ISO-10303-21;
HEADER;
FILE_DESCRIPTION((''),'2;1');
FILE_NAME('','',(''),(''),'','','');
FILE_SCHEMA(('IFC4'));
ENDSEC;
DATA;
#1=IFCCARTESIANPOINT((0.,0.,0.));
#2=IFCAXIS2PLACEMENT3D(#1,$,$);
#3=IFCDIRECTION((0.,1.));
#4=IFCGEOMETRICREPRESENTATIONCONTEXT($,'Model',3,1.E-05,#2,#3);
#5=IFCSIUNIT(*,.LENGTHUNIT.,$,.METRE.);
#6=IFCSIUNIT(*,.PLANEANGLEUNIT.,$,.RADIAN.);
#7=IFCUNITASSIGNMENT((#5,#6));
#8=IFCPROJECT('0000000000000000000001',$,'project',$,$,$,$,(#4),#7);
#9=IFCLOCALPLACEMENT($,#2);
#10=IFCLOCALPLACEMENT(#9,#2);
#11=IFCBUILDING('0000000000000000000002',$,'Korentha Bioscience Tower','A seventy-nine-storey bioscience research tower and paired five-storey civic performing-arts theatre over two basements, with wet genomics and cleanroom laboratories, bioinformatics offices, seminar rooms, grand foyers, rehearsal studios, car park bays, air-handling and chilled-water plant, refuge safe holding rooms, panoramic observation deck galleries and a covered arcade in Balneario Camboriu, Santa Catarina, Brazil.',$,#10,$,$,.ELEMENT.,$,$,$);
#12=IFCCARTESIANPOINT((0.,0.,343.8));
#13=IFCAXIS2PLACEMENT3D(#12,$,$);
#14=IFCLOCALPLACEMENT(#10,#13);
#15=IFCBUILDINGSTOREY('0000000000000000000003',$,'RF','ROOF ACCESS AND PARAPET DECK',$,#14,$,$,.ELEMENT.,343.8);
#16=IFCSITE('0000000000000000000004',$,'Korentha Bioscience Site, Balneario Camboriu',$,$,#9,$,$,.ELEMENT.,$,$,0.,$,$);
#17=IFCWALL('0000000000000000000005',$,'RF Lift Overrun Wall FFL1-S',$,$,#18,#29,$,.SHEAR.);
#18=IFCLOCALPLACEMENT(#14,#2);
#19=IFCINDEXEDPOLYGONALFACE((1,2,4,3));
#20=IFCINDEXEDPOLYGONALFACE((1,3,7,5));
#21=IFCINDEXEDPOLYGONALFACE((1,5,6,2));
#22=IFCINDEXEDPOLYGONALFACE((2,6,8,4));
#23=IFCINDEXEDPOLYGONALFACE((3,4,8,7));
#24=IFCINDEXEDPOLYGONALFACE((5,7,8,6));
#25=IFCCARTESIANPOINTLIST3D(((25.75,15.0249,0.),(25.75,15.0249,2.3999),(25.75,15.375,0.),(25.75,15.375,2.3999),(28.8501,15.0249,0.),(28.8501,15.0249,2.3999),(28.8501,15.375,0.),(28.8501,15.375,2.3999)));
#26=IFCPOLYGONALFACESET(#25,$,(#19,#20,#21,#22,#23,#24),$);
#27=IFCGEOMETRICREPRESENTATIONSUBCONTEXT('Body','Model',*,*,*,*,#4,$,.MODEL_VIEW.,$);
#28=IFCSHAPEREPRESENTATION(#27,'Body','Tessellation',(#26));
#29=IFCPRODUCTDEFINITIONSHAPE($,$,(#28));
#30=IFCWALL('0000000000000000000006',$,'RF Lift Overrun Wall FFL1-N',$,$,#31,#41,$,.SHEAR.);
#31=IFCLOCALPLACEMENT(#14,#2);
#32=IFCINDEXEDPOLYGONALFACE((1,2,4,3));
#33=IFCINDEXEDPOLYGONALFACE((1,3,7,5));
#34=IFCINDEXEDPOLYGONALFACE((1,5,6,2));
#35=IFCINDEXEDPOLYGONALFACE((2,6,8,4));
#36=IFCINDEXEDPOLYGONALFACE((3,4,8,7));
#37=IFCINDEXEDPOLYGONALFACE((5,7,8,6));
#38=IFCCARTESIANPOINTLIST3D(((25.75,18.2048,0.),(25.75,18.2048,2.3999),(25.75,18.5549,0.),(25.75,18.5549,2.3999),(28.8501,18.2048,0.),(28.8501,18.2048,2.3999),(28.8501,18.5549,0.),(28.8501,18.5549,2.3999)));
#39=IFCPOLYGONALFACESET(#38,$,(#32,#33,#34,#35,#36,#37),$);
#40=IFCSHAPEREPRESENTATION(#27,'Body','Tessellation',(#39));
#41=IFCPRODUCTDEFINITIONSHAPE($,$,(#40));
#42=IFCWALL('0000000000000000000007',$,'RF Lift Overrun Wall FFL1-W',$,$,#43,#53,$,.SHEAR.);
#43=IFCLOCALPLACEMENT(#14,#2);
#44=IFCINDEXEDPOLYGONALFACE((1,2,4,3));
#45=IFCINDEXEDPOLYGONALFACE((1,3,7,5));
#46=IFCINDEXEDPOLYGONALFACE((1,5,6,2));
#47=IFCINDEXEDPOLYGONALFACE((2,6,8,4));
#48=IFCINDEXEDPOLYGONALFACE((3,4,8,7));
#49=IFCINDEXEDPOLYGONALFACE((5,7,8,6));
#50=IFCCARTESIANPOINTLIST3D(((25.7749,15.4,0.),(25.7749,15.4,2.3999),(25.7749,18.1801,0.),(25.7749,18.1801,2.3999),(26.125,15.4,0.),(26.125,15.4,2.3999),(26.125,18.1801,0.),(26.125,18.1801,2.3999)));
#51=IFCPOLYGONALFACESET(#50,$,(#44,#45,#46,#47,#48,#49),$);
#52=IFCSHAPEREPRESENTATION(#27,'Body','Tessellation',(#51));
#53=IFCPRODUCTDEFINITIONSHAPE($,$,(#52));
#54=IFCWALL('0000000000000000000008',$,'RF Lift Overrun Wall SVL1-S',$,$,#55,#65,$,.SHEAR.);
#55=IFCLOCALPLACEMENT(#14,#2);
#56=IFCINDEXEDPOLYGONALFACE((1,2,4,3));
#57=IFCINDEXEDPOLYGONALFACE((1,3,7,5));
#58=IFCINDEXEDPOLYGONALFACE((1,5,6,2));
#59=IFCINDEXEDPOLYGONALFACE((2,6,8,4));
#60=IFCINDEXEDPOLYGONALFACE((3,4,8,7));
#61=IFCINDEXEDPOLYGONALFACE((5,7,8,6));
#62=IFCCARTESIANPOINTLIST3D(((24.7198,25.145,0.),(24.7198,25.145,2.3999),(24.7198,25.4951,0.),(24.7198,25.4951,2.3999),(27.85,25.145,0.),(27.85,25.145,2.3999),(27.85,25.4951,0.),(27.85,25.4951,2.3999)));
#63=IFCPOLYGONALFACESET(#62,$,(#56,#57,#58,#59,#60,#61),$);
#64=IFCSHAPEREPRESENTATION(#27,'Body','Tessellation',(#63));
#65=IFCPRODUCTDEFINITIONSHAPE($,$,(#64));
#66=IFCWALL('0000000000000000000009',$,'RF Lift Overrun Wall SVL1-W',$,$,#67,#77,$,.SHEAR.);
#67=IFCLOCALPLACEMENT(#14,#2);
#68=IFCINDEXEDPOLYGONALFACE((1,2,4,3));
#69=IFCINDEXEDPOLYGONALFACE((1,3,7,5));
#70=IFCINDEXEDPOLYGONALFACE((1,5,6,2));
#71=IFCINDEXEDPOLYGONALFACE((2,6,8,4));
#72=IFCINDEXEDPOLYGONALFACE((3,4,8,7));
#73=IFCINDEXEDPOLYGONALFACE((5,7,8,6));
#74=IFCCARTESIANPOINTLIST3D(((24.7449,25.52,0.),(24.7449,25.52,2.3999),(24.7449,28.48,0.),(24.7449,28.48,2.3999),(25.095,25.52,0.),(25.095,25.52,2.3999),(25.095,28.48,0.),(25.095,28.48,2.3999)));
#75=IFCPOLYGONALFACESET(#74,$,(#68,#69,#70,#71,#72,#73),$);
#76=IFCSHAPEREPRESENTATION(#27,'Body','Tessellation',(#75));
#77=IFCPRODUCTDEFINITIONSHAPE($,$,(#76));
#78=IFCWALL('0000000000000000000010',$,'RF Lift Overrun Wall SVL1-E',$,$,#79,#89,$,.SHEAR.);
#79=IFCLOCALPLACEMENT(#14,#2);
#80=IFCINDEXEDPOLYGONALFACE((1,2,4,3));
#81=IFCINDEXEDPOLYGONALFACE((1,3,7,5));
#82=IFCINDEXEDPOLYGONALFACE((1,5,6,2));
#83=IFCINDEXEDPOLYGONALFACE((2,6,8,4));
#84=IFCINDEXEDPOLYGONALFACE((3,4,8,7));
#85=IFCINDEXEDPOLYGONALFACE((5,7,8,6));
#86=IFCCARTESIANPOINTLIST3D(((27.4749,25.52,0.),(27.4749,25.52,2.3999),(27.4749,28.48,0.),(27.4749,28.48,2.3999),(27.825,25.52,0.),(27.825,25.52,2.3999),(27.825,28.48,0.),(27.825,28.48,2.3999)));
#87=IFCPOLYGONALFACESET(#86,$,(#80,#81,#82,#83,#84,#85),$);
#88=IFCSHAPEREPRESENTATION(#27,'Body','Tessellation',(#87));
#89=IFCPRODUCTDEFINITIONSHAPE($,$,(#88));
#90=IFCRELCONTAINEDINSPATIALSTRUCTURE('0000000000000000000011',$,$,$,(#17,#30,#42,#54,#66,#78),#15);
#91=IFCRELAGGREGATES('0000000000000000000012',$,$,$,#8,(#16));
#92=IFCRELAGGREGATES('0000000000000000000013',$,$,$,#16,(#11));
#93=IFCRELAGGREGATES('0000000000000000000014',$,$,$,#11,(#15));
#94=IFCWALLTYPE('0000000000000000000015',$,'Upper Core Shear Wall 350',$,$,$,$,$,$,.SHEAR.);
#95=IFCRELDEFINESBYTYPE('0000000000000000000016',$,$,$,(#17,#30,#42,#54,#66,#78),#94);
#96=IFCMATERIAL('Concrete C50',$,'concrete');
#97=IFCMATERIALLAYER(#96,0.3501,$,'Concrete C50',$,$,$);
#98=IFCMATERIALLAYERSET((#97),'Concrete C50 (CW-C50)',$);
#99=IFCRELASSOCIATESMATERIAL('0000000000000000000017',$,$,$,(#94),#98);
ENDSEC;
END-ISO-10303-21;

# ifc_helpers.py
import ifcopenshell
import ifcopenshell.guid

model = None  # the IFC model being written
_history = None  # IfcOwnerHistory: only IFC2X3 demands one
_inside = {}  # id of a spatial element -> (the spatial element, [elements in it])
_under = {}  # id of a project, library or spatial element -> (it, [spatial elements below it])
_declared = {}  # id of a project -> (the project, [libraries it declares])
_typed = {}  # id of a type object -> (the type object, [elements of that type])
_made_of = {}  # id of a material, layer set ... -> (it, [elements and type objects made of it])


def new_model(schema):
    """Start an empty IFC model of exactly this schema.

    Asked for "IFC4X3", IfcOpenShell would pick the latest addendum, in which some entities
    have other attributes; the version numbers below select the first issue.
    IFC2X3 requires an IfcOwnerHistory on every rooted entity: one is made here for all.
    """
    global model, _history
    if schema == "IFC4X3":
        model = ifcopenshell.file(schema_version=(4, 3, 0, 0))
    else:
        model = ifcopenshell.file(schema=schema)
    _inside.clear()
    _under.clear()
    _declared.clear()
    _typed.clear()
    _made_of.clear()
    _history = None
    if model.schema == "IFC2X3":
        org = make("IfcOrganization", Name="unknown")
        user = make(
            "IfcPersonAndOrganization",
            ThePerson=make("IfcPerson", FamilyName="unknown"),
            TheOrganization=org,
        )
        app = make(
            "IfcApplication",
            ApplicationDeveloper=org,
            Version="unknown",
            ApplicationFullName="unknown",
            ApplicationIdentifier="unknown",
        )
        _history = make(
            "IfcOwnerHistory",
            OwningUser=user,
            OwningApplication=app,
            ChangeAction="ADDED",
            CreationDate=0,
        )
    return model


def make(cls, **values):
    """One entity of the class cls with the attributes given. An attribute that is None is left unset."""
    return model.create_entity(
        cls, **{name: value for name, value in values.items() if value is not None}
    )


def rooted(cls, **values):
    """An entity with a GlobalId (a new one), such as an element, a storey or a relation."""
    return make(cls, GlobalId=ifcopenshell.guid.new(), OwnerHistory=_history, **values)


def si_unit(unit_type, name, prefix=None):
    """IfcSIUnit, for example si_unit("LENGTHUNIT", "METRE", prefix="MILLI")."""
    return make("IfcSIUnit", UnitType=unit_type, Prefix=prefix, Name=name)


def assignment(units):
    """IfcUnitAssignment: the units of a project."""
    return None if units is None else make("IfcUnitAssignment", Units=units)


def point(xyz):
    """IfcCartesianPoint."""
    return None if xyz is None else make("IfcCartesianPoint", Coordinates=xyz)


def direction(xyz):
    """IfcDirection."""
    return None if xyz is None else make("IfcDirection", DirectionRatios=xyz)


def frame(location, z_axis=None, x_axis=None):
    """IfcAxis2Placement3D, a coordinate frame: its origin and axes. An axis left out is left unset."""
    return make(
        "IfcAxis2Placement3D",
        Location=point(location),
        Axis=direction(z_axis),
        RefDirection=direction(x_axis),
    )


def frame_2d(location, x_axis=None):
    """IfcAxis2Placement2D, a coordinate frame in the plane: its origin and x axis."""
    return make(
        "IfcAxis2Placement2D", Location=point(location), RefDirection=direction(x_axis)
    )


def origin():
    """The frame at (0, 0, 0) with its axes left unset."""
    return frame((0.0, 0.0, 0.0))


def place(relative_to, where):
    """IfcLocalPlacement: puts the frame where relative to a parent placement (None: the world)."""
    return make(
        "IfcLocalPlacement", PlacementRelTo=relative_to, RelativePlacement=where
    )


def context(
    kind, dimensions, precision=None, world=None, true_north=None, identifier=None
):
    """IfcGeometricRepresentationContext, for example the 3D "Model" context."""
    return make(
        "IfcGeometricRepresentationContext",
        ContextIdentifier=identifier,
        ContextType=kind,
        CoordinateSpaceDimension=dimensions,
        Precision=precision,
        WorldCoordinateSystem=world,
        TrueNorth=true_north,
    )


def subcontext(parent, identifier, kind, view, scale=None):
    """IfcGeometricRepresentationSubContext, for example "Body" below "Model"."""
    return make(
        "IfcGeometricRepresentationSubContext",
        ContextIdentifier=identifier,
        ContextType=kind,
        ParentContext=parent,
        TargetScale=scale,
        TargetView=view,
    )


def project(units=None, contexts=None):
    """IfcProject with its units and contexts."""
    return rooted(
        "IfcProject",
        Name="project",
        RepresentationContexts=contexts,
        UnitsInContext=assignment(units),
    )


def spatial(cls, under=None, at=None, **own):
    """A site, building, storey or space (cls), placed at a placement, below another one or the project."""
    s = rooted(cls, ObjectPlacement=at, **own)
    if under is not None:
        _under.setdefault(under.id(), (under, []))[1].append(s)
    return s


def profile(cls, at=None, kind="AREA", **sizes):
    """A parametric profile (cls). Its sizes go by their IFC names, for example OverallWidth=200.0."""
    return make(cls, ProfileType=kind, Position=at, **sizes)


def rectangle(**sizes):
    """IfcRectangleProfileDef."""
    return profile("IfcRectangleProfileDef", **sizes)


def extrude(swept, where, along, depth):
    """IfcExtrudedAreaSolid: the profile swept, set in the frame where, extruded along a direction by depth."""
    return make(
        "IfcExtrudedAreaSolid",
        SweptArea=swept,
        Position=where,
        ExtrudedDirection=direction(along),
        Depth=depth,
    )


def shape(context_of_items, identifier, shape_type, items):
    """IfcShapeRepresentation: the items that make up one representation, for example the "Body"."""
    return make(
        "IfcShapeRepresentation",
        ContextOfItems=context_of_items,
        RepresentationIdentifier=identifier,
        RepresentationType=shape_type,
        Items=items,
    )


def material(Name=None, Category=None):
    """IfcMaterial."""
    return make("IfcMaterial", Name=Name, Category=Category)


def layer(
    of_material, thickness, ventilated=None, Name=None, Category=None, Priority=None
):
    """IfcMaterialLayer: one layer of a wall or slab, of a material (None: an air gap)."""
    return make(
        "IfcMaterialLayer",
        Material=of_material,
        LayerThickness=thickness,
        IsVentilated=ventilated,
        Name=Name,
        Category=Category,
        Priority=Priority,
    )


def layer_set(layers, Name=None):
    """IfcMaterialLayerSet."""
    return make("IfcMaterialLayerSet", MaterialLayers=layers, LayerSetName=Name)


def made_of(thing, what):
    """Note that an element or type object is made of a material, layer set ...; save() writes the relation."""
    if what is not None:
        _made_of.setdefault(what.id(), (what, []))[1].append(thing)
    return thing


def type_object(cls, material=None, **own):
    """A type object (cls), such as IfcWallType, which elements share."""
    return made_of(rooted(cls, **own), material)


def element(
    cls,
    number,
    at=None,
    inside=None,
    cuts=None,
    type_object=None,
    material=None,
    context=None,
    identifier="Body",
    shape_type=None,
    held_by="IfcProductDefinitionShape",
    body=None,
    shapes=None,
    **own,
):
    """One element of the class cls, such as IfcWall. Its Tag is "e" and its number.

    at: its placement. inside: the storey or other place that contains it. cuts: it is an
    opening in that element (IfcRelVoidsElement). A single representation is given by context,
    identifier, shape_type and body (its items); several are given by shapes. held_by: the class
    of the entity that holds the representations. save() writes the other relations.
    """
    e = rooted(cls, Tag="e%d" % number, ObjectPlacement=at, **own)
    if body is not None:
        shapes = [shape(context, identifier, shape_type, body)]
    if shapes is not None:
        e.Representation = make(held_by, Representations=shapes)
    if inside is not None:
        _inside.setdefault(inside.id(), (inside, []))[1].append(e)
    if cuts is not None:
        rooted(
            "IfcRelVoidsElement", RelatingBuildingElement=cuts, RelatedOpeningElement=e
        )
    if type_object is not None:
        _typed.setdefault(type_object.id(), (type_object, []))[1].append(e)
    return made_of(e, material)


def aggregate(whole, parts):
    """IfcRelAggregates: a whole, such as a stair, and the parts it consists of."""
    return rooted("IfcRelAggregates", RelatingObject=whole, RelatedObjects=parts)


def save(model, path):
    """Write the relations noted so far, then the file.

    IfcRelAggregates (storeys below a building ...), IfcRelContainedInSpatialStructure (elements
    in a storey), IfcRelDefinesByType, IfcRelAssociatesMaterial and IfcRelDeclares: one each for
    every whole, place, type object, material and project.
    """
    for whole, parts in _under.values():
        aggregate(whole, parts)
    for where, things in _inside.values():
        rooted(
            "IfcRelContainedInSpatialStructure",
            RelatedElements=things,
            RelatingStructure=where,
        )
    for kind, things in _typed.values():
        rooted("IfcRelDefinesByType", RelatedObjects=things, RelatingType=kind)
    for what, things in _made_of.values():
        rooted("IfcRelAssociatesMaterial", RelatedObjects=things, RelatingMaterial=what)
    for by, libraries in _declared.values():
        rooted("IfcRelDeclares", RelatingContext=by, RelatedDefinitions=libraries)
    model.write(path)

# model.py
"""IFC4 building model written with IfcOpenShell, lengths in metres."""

from ifc_helpers import new_model, si_unit, direction, frame, frame_2d, origin, place, context, subcontext, project, spatial, rectangle, extrude, material, layer, layer_set, type_object, element, save


model = new_model("IFC4")

# Units and contexts
model_context = context("Model", 3, precision=1e-05, world=origin(), true_north=direction((0.0, 1.0)))
body_context = subcontext(model_context, "Body", "Model", "MODEL_VIEW")
ifc_project = project(units=[si_unit("LENGTHUNIT", "METRE"), si_unit("PLANEANGLEUNIT", "RADIAN")], contexts=[model_context])

# Site, building, storey
site_placement = place(None, origin())
site = spatial("IfcSite", under=ifc_project, at=site_placement, Name="Korentha Bioscience Site, Balneario Camboriu", CompositionType="ELEMENT", RefElevation=0.0)
building_placement = place(site_placement, origin())
building = spatial("IfcBuilding", under=site, at=building_placement, Name="Korentha Bioscience Tower", Description="A seventy-nine-storey bioscience research tower and paired five-storey civic performing-arts theatre over two basements, with wet genomics and cleanroom laboratories, bioinformatics offices, seminar rooms, grand foyers, rehearsal studios, car park bays, air-handling and chilled-water plant, refuge safe holding rooms, panoramic observation deck galleries and a covered arcade in Balneario Camboriu, Santa Catarina, Brazil.", CompositionType="ELEMENT")
storey_placement = place(building_placement, frame((0.0, 0.0, 343.8)))
storey = spatial("IfcBuildingStorey", under=building, at=storey_placement, Name="RF", Description="ROOF ACCESS AND PARAPET DECK", CompositionType="ELEMENT", Elevation=343.8)

# Walls
ifc_material_1 = material(Name="Concrete C50", Category="concrete")
ifc_layer_1 = layer(ifc_material_1, 0.3501, Name="Concrete C50")
ifc_layer_set_1 = layer_set([ifc_layer_1], Name="Concrete C50 (CW-C50)")
wall_type_1 = type_object("IfcWallType", Name="Upper Core Shear Wall 350", PredefinedType="SHEAR", material=ifc_layer_set_1)
for number, where, z_axis, x_axis, name in (
    (1, (25.75, 15.2, 0.0), (0.0, 0.0, 1.0), (1.0, 0.0, 0.0), "RF Lift Overrun Wall FFL1-S"),
    (2, (25.75, 18.3799, 0.0), (0.0, 0.0, 1.0), (1.0, 0.0, 0.0), "RF Lift Overrun Wall FFL1-N"),
):
    element("IfcWall", number, at=place(storey_placement, frame(where, z_axis=z_axis, x_axis=x_axis)), inside=storey, type_object=wall_type_1, Name=name, PredefinedType="SHEAR", context=body_context, shape_type="SweptSolid", body=[
        extrude(rectangle(XDim=3.1001, YDim=0.3501, at=frame_2d((1.55, 0.0))), origin(), (0.0, 0.0, 1.0), 2.3999),
    ])
wall_1_placement = place(storey_placement, frame((25.95, 15.3999, 0.0), z_axis=(0.0, 0.0, 1.0), x_axis=(0.0, 1.0, 0.0)))
element("IfcWall", 3, at=wall_1_placement, inside=storey, type_object=wall_type_1, Name="RF Lift Overrun Wall FFL1-W", PredefinedType="SHEAR", context=body_context, shape_type="SweptSolid", body=[
    extrude(rectangle(XDim=2.78, YDim=0.3501, at=frame_2d((1.3901, 0.0))), origin(), (0.0, 0.0, 1.0), 2.3999),
])
wall_2_placement = place(storey_placement, frame((24.72, 25.3201, 0.0), z_axis=(0.0, 0.0, 1.0), x_axis=(1.0, 0.0, 0.0)))
element("IfcWall", 4, at=wall_2_placement, inside=storey, type_object=wall_type_1, Name="RF Lift Overrun Wall SVL1-S", PredefinedType="SHEAR", context=body_context, shape_type="SweptSolid", body=[
    extrude(rectangle(XDim=3.1301, YDim=0.3501, at=frame_2d((1.5649, 0.0))), origin(), (0.0, 0.0, 1.0), 2.3999),
])
for number, where, z_axis, x_axis, name in (
    (5, (24.9199, 25.52, 0.0), (0.0, 0.0, 1.0), (0.0, 1.0, 0.0), "RF Lift Overrun Wall SVL1-W"),
    (6, (27.6499, 25.52, 0.0), (0.0, 0.0, 1.0), (0.0, 1.0, 0.0), "RF Lift Overrun Wall SVL1-E"),
):
    element("IfcWall", number, at=place(storey_placement, frame(where, z_axis=z_axis, x_axis=x_axis)), inside=storey, type_object=wall_type_1, Name=name, PredefinedType="SHEAR", context=body_context, shape_type="SweptSolid", body=[
        extrude(rectangle(XDim=2.96, YDim=0.3501, at=frame_2d((1.48, 0.0))), origin(), (0.0, 0.0, 1.0), 2.3999),
    ])

save(model, "model.ifc")
